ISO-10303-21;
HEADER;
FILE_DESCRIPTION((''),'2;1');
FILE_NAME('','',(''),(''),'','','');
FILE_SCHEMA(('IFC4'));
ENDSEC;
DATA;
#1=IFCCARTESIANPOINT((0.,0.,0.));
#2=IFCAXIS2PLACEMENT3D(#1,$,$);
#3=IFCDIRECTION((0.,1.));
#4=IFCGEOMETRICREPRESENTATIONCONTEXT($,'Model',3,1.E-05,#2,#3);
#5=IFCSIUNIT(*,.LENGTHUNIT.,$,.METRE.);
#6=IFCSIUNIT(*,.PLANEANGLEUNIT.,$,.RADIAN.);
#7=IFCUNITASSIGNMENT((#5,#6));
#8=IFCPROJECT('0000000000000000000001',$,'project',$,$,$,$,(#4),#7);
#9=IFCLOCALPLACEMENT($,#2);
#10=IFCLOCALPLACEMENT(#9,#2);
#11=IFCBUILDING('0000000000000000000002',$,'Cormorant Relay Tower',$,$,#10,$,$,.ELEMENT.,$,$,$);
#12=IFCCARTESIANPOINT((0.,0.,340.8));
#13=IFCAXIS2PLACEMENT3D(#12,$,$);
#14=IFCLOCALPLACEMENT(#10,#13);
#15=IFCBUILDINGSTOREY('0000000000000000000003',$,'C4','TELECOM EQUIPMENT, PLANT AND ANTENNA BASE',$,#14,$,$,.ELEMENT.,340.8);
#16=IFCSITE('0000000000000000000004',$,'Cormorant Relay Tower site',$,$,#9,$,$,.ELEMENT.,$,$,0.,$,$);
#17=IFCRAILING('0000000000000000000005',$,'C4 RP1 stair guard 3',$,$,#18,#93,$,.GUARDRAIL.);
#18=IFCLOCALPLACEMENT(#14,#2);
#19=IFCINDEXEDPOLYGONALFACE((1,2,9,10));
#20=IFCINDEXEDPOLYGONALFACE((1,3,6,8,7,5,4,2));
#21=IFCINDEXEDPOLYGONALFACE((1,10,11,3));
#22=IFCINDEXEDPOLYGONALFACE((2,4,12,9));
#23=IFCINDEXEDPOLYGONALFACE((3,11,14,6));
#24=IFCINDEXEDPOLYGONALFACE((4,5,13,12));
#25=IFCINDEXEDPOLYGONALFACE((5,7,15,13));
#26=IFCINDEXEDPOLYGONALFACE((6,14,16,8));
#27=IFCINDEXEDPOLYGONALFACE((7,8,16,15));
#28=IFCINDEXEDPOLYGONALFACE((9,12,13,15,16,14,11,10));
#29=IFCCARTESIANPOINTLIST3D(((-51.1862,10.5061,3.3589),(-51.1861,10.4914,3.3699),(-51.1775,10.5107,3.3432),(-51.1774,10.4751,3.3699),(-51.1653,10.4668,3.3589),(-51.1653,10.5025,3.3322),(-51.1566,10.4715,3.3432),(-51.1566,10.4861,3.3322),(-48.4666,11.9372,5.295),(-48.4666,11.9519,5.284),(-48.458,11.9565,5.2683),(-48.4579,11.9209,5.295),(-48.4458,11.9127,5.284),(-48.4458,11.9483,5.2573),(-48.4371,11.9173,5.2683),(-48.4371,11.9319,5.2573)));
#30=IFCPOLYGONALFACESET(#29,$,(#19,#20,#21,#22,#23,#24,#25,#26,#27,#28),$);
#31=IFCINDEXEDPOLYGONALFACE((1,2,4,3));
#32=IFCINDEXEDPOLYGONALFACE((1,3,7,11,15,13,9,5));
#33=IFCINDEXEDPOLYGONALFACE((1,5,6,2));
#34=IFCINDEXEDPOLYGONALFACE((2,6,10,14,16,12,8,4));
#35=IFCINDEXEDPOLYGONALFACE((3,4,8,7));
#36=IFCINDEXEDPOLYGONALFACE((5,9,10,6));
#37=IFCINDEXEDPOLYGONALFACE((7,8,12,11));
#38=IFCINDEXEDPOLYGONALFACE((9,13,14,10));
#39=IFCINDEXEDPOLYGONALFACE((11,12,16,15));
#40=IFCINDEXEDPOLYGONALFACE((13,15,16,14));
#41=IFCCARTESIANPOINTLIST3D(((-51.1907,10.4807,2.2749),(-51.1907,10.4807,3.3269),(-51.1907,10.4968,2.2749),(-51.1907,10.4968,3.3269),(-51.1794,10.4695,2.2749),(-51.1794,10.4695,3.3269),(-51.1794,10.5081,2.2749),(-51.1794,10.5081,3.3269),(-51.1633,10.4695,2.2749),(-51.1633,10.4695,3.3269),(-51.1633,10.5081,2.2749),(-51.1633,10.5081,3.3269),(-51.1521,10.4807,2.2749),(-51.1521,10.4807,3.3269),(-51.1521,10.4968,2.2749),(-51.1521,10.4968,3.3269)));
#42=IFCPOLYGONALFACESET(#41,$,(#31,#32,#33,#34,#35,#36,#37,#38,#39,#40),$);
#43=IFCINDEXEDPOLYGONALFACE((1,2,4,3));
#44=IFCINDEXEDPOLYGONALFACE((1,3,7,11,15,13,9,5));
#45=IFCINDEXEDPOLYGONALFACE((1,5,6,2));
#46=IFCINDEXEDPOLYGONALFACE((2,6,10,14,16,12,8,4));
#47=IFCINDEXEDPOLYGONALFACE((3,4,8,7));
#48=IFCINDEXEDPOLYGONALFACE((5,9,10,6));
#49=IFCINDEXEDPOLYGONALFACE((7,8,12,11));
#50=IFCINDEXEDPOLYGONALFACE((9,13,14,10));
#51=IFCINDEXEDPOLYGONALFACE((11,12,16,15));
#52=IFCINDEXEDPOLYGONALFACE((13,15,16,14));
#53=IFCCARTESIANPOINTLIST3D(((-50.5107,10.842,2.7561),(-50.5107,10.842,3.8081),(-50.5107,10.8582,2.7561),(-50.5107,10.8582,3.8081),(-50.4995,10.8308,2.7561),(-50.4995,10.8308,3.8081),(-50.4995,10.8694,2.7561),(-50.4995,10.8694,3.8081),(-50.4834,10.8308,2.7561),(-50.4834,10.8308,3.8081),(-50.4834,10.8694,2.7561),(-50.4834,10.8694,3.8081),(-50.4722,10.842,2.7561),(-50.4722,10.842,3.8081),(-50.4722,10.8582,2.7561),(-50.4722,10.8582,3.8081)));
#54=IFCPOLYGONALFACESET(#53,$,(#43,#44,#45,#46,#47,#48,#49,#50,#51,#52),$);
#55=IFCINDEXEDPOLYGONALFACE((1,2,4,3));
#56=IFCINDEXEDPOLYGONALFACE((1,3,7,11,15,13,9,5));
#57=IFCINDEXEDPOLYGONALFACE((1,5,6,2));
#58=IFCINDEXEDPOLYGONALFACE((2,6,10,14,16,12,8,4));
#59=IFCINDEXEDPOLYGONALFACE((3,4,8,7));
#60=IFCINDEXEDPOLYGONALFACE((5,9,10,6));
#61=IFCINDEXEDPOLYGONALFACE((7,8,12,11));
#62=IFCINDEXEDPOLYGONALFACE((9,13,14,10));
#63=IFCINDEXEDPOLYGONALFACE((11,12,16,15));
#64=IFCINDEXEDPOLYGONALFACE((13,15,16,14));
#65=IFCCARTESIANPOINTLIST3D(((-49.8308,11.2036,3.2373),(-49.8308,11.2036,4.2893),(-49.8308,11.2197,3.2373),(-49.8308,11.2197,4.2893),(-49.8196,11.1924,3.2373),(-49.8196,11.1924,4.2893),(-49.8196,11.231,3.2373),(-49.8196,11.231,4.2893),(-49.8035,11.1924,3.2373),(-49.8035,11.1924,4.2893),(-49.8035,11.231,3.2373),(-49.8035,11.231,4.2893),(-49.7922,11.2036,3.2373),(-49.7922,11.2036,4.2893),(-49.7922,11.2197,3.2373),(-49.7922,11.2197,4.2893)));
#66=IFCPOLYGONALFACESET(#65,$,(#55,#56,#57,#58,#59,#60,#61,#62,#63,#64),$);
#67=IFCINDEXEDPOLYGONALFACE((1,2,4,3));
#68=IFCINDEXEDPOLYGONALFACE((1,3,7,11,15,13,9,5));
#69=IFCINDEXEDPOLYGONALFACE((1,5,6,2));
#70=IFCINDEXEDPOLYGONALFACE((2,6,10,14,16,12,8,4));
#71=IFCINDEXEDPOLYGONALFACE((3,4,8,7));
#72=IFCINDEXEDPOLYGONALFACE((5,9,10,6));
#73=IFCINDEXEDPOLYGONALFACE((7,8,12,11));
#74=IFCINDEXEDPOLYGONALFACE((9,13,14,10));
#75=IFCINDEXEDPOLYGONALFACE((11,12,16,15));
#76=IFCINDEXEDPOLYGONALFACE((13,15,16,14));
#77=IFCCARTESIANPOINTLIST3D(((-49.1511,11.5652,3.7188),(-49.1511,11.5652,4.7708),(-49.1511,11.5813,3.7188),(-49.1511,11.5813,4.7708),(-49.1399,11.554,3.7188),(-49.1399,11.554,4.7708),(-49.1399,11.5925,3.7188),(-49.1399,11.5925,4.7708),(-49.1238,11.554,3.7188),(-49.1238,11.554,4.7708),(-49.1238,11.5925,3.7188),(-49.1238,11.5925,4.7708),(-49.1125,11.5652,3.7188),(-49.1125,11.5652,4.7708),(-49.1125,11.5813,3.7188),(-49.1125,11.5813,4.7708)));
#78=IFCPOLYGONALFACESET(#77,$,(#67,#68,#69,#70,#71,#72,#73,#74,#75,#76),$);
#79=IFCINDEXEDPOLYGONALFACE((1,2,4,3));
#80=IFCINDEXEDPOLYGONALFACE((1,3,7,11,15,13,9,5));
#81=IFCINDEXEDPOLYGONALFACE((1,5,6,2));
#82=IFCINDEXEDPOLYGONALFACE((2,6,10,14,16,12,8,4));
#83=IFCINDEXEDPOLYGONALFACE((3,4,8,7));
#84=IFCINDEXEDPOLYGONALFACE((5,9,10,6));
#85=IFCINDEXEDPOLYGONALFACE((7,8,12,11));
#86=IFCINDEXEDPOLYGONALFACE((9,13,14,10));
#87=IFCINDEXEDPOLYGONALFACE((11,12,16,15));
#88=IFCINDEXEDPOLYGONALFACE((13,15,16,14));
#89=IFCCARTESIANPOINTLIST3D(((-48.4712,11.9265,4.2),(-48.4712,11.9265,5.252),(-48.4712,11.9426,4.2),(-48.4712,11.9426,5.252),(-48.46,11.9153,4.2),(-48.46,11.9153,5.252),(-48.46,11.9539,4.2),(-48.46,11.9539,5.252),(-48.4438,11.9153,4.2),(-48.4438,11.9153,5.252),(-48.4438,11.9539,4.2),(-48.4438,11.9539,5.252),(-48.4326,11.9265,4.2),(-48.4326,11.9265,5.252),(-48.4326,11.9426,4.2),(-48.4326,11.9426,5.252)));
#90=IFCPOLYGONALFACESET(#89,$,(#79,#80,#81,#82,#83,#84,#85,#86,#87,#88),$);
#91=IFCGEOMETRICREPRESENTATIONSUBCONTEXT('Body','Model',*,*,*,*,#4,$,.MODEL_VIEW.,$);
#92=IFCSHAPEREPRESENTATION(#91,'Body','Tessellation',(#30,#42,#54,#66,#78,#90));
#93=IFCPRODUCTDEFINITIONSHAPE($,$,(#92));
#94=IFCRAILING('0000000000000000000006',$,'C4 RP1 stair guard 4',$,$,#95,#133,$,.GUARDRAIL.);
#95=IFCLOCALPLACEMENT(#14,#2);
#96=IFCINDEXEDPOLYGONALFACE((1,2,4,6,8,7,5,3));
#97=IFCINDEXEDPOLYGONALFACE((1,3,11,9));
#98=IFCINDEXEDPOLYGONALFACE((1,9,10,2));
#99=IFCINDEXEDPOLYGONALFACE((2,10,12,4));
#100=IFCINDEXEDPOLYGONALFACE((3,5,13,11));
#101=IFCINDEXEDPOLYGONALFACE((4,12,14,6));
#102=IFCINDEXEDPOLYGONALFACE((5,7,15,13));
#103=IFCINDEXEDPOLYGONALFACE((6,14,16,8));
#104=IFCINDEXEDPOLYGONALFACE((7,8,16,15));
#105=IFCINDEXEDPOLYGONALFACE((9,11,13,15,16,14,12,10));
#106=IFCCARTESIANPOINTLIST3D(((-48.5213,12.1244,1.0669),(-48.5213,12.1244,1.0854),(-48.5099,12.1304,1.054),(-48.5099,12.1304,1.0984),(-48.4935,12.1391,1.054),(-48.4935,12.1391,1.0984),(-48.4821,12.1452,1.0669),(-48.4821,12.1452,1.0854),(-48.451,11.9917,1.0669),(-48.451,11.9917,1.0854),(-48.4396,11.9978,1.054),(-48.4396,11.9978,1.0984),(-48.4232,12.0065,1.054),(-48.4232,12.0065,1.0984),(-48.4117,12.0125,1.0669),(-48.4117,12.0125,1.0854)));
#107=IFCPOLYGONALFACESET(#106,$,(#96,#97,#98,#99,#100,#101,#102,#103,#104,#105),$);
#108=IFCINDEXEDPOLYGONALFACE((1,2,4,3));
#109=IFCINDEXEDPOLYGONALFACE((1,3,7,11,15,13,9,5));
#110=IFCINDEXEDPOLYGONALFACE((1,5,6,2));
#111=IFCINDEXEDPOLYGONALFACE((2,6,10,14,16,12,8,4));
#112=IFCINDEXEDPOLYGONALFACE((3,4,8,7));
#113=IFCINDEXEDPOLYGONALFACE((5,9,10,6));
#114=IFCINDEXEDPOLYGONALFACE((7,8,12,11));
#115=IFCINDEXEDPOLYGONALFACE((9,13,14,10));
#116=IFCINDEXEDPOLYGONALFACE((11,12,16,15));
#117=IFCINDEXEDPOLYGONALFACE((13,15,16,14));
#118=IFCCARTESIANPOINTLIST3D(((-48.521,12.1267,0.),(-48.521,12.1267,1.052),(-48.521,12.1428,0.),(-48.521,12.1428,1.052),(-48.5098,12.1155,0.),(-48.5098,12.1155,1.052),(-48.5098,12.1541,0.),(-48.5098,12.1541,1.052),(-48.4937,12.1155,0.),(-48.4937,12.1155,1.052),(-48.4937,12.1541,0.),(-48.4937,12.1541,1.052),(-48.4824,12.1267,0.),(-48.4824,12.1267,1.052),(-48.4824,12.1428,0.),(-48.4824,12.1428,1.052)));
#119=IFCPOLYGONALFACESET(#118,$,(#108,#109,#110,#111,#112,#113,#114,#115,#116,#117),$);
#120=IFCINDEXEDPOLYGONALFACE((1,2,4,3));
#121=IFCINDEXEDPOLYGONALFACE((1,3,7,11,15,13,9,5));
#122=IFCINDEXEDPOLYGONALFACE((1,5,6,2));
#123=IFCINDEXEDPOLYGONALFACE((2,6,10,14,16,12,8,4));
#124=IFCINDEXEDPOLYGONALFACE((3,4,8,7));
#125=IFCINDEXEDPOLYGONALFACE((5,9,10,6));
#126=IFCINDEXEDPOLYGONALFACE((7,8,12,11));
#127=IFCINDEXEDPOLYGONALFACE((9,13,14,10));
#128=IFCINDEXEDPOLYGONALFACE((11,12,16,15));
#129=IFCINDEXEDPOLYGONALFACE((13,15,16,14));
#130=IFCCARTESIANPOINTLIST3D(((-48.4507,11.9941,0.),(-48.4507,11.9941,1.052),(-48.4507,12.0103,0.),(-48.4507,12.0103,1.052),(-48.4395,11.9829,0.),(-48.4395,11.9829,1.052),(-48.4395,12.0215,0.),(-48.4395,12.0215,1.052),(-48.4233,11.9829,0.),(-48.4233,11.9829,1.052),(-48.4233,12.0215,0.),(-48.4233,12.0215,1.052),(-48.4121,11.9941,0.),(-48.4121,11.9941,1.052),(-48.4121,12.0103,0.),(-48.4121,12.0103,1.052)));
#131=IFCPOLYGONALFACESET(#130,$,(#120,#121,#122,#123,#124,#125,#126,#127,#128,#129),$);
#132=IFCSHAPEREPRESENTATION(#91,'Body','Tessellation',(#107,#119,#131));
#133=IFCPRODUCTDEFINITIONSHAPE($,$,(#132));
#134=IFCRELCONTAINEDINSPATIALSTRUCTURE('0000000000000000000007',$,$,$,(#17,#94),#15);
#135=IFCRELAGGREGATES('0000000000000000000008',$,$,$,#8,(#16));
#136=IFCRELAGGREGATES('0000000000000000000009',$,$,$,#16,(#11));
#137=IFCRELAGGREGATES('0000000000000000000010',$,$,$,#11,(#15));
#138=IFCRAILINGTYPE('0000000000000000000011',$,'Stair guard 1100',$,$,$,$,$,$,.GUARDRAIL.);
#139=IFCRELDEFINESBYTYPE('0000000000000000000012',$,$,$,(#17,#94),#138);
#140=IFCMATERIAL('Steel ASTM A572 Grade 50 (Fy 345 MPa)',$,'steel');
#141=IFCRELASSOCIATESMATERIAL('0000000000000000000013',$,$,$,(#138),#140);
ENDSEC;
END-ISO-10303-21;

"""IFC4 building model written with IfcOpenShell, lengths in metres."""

from ifc_helpers import new_model, si_unit, direction, frame, origin, place, context, subcontext, project, spatial, polyline, outline, extrude, material, type_object, element, save


model = new_model("IFC4")

# Units and contexts
model_context = context("Model", 3, precision=1e-05, world=origin(), true_north=direction((0.0, 1.0)))
body_context = subcontext(model_context, "Body", "Model", "MODEL_VIEW")
ifc_project = project(units=[si_unit("LENGTHUNIT", "METRE"), si_unit("PLANEANGLEUNIT", "RADIAN")], contexts=[model_context])

# Site, building, storey
site_placement = place(None, origin())
site = spatial("IfcSite", under=ifc_project, at=site_placement, Name="Cormorant Relay Tower site", CompositionType="ELEMENT", RefElevation=0.0)
building_placement = place(site_placement, origin())
building = spatial("IfcBuilding", under=site, at=building_placement, Name="Cormorant Relay Tower", CompositionType="ELEMENT")
storey_placement = place(building_placement, frame((0.0, 0.0, 340.8)))
storey = spatial("IfcBuildingStorey", under=building, at=storey_placement, Name="C4", Description="TELECOM EQUIPMENT, PLANT AND ANTENNA BASE", CompositionType="ELEMENT", Elevation=340.8)

# Railings
ifc_material_1 = material(Name="Steel ASTM A572 Grade 50 (Fy 345 MPa)", Category="steel")
railing_type_1 = type_object("IfcRailingType", Name="Stair guard 1100", PredefinedType="GUARDRAIL", material=ifc_material_1)
railing_1_placement = place(storey_placement, frame((-51.1714, 10.4888, 2.2749)))
element("IfcRailing", 1, at=railing_1_placement, inside=storey, type_object=railing_type_1, Name="C4 RP1 stair guard 3", PredefinedType="GUARDRAIL", context=body_context, shape_type="SweptSolid", body=[
    extrude(outline(polyline([(0.0222, 0.0093), (0.0093, 0.0222), (-0.0093, 0.0222), (-0.0222, 0.0093), (-0.0222, -0.0093), (-0.0093, -0.0222), (0.0093, -0.0222), (0.0222, -0.0093), (0.0222, 0.0093)])), frame((0.0, 0.0, 1.0762), z_axis=(0.748747, 0.398068, 0.530018), x_axis=(-0.469428, 0.882971, 0.0)), (0.0, 0.0, 1.0), 3.6321),
    extrude(outline(polyline([(0.0193, 0.0081), (0.0081, 0.0193), (-0.0081, 0.0193), (-0.0193, 0.0081), (-0.0193, -0.0081), (-0.0081, -0.0193), (0.0081, -0.0193), (0.0193, -0.0081), (0.0193, 0.0081)])), origin(), (0.0, 0.0, 1.0), 1.052),
    extrude(outline(polyline([(0.0193, 0.0081), (0.0081, 0.0193), (-0.0081, 0.0193), (-0.0193, 0.0081), (-0.0193, -0.0081), (-0.0081, -0.0193), (0.0081, -0.0193), (0.0193, -0.0081), (0.0193, 0.0081)])), frame((0.6799, 0.3613, 0.4812)), (0.0, 0.0, 1.0), 1.052),
    extrude(outline(polyline([(0.0193, 0.0081), (0.0081, 0.0193), (-0.0081, 0.0193), (-0.0193, 0.0081), (-0.0193, -0.0081), (-0.0081, -0.0193), (0.0081, -0.0193), (0.0193, -0.0081), (0.0193, 0.0081)])), frame((1.3599, 0.7229, 0.9624)), (0.0, 0.0, 1.0), 1.052),
    extrude(outline(polyline([(0.0193, 0.0081), (0.0081, 0.0193), (-0.0081, 0.0193), (-0.0193, 0.0081), (-0.0193, -0.0081), (-0.0081, -0.0193), (0.0081, -0.0193), (0.0193, -0.0081), (0.0193, 0.0081)])), frame((2.0396, 1.0845, 1.4438)), (0.0, 0.0, 1.0), 1.052),
    extrude(outline(polyline([(0.0193, 0.0081), (0.0081, 0.0193), (-0.0081, 0.0193), (-0.0193, 0.0081), (-0.0193, -0.0081), (-0.0081, -0.0193), (0.0081, -0.0193), (0.0193, -0.0081), (0.0193, 0.0081)])), frame((2.7195, 1.4458, 1.925)), (0.0, 0.0, 1.0), 1.052),
])
railing_2_placement = place(storey_placement, frame((-48.5017, 12.1348, 0.0)))
element("IfcRailing", 2, at=railing_2_placement, inside=storey, type_object=railing_type_1, Name="C4 RP1 stair guard 4", PredefinedType="GUARDRAIL", context=body_context, shape_type="SweptSolid", body=[
    extrude(outline(polyline([(0.0222, 0.0093), (0.0093, 0.0222), (-0.0093, 0.0222), (-0.0222, 0.0093), (-0.0222, -0.0093), (-0.0093, -0.0222), (0.0093, -0.0222), (0.0222, -0.0093), (0.0222, 0.0093)])), frame((0.0, 0.0, 1.0762), z_axis=(0.46856, -0.883431, 0.0), x_axis=(0.883431, 0.46856, 0.0)), (0.0, 0.0, 1.0), 0.1501),
    extrude(outline(polyline([(0.0193, 0.0081), (0.0081, 0.0193), (-0.0081, 0.0193), (-0.0193, 0.0081), (-0.0193, -0.0081), (-0.0081, -0.0193), (0.0081, -0.0193), (0.0193, -0.0081), (0.0193, 0.0081)])), origin(), (0.0, 0.0, 1.0), 1.052),
    extrude(outline(polyline([(0.0193, 0.0081), (0.0081, 0.0193), (-0.0081, 0.0193), (-0.0193, 0.0081), (-0.0193, -0.0081), (-0.0081, -0.0193), (0.0081, -0.0193), (0.0193, -0.0081), (0.0193, 0.0081)])), frame((0.0703, -0.1326, 0.0)), (0.0, 0.0, 1.0), 1.052),
])

save(model, "model.ifc")
